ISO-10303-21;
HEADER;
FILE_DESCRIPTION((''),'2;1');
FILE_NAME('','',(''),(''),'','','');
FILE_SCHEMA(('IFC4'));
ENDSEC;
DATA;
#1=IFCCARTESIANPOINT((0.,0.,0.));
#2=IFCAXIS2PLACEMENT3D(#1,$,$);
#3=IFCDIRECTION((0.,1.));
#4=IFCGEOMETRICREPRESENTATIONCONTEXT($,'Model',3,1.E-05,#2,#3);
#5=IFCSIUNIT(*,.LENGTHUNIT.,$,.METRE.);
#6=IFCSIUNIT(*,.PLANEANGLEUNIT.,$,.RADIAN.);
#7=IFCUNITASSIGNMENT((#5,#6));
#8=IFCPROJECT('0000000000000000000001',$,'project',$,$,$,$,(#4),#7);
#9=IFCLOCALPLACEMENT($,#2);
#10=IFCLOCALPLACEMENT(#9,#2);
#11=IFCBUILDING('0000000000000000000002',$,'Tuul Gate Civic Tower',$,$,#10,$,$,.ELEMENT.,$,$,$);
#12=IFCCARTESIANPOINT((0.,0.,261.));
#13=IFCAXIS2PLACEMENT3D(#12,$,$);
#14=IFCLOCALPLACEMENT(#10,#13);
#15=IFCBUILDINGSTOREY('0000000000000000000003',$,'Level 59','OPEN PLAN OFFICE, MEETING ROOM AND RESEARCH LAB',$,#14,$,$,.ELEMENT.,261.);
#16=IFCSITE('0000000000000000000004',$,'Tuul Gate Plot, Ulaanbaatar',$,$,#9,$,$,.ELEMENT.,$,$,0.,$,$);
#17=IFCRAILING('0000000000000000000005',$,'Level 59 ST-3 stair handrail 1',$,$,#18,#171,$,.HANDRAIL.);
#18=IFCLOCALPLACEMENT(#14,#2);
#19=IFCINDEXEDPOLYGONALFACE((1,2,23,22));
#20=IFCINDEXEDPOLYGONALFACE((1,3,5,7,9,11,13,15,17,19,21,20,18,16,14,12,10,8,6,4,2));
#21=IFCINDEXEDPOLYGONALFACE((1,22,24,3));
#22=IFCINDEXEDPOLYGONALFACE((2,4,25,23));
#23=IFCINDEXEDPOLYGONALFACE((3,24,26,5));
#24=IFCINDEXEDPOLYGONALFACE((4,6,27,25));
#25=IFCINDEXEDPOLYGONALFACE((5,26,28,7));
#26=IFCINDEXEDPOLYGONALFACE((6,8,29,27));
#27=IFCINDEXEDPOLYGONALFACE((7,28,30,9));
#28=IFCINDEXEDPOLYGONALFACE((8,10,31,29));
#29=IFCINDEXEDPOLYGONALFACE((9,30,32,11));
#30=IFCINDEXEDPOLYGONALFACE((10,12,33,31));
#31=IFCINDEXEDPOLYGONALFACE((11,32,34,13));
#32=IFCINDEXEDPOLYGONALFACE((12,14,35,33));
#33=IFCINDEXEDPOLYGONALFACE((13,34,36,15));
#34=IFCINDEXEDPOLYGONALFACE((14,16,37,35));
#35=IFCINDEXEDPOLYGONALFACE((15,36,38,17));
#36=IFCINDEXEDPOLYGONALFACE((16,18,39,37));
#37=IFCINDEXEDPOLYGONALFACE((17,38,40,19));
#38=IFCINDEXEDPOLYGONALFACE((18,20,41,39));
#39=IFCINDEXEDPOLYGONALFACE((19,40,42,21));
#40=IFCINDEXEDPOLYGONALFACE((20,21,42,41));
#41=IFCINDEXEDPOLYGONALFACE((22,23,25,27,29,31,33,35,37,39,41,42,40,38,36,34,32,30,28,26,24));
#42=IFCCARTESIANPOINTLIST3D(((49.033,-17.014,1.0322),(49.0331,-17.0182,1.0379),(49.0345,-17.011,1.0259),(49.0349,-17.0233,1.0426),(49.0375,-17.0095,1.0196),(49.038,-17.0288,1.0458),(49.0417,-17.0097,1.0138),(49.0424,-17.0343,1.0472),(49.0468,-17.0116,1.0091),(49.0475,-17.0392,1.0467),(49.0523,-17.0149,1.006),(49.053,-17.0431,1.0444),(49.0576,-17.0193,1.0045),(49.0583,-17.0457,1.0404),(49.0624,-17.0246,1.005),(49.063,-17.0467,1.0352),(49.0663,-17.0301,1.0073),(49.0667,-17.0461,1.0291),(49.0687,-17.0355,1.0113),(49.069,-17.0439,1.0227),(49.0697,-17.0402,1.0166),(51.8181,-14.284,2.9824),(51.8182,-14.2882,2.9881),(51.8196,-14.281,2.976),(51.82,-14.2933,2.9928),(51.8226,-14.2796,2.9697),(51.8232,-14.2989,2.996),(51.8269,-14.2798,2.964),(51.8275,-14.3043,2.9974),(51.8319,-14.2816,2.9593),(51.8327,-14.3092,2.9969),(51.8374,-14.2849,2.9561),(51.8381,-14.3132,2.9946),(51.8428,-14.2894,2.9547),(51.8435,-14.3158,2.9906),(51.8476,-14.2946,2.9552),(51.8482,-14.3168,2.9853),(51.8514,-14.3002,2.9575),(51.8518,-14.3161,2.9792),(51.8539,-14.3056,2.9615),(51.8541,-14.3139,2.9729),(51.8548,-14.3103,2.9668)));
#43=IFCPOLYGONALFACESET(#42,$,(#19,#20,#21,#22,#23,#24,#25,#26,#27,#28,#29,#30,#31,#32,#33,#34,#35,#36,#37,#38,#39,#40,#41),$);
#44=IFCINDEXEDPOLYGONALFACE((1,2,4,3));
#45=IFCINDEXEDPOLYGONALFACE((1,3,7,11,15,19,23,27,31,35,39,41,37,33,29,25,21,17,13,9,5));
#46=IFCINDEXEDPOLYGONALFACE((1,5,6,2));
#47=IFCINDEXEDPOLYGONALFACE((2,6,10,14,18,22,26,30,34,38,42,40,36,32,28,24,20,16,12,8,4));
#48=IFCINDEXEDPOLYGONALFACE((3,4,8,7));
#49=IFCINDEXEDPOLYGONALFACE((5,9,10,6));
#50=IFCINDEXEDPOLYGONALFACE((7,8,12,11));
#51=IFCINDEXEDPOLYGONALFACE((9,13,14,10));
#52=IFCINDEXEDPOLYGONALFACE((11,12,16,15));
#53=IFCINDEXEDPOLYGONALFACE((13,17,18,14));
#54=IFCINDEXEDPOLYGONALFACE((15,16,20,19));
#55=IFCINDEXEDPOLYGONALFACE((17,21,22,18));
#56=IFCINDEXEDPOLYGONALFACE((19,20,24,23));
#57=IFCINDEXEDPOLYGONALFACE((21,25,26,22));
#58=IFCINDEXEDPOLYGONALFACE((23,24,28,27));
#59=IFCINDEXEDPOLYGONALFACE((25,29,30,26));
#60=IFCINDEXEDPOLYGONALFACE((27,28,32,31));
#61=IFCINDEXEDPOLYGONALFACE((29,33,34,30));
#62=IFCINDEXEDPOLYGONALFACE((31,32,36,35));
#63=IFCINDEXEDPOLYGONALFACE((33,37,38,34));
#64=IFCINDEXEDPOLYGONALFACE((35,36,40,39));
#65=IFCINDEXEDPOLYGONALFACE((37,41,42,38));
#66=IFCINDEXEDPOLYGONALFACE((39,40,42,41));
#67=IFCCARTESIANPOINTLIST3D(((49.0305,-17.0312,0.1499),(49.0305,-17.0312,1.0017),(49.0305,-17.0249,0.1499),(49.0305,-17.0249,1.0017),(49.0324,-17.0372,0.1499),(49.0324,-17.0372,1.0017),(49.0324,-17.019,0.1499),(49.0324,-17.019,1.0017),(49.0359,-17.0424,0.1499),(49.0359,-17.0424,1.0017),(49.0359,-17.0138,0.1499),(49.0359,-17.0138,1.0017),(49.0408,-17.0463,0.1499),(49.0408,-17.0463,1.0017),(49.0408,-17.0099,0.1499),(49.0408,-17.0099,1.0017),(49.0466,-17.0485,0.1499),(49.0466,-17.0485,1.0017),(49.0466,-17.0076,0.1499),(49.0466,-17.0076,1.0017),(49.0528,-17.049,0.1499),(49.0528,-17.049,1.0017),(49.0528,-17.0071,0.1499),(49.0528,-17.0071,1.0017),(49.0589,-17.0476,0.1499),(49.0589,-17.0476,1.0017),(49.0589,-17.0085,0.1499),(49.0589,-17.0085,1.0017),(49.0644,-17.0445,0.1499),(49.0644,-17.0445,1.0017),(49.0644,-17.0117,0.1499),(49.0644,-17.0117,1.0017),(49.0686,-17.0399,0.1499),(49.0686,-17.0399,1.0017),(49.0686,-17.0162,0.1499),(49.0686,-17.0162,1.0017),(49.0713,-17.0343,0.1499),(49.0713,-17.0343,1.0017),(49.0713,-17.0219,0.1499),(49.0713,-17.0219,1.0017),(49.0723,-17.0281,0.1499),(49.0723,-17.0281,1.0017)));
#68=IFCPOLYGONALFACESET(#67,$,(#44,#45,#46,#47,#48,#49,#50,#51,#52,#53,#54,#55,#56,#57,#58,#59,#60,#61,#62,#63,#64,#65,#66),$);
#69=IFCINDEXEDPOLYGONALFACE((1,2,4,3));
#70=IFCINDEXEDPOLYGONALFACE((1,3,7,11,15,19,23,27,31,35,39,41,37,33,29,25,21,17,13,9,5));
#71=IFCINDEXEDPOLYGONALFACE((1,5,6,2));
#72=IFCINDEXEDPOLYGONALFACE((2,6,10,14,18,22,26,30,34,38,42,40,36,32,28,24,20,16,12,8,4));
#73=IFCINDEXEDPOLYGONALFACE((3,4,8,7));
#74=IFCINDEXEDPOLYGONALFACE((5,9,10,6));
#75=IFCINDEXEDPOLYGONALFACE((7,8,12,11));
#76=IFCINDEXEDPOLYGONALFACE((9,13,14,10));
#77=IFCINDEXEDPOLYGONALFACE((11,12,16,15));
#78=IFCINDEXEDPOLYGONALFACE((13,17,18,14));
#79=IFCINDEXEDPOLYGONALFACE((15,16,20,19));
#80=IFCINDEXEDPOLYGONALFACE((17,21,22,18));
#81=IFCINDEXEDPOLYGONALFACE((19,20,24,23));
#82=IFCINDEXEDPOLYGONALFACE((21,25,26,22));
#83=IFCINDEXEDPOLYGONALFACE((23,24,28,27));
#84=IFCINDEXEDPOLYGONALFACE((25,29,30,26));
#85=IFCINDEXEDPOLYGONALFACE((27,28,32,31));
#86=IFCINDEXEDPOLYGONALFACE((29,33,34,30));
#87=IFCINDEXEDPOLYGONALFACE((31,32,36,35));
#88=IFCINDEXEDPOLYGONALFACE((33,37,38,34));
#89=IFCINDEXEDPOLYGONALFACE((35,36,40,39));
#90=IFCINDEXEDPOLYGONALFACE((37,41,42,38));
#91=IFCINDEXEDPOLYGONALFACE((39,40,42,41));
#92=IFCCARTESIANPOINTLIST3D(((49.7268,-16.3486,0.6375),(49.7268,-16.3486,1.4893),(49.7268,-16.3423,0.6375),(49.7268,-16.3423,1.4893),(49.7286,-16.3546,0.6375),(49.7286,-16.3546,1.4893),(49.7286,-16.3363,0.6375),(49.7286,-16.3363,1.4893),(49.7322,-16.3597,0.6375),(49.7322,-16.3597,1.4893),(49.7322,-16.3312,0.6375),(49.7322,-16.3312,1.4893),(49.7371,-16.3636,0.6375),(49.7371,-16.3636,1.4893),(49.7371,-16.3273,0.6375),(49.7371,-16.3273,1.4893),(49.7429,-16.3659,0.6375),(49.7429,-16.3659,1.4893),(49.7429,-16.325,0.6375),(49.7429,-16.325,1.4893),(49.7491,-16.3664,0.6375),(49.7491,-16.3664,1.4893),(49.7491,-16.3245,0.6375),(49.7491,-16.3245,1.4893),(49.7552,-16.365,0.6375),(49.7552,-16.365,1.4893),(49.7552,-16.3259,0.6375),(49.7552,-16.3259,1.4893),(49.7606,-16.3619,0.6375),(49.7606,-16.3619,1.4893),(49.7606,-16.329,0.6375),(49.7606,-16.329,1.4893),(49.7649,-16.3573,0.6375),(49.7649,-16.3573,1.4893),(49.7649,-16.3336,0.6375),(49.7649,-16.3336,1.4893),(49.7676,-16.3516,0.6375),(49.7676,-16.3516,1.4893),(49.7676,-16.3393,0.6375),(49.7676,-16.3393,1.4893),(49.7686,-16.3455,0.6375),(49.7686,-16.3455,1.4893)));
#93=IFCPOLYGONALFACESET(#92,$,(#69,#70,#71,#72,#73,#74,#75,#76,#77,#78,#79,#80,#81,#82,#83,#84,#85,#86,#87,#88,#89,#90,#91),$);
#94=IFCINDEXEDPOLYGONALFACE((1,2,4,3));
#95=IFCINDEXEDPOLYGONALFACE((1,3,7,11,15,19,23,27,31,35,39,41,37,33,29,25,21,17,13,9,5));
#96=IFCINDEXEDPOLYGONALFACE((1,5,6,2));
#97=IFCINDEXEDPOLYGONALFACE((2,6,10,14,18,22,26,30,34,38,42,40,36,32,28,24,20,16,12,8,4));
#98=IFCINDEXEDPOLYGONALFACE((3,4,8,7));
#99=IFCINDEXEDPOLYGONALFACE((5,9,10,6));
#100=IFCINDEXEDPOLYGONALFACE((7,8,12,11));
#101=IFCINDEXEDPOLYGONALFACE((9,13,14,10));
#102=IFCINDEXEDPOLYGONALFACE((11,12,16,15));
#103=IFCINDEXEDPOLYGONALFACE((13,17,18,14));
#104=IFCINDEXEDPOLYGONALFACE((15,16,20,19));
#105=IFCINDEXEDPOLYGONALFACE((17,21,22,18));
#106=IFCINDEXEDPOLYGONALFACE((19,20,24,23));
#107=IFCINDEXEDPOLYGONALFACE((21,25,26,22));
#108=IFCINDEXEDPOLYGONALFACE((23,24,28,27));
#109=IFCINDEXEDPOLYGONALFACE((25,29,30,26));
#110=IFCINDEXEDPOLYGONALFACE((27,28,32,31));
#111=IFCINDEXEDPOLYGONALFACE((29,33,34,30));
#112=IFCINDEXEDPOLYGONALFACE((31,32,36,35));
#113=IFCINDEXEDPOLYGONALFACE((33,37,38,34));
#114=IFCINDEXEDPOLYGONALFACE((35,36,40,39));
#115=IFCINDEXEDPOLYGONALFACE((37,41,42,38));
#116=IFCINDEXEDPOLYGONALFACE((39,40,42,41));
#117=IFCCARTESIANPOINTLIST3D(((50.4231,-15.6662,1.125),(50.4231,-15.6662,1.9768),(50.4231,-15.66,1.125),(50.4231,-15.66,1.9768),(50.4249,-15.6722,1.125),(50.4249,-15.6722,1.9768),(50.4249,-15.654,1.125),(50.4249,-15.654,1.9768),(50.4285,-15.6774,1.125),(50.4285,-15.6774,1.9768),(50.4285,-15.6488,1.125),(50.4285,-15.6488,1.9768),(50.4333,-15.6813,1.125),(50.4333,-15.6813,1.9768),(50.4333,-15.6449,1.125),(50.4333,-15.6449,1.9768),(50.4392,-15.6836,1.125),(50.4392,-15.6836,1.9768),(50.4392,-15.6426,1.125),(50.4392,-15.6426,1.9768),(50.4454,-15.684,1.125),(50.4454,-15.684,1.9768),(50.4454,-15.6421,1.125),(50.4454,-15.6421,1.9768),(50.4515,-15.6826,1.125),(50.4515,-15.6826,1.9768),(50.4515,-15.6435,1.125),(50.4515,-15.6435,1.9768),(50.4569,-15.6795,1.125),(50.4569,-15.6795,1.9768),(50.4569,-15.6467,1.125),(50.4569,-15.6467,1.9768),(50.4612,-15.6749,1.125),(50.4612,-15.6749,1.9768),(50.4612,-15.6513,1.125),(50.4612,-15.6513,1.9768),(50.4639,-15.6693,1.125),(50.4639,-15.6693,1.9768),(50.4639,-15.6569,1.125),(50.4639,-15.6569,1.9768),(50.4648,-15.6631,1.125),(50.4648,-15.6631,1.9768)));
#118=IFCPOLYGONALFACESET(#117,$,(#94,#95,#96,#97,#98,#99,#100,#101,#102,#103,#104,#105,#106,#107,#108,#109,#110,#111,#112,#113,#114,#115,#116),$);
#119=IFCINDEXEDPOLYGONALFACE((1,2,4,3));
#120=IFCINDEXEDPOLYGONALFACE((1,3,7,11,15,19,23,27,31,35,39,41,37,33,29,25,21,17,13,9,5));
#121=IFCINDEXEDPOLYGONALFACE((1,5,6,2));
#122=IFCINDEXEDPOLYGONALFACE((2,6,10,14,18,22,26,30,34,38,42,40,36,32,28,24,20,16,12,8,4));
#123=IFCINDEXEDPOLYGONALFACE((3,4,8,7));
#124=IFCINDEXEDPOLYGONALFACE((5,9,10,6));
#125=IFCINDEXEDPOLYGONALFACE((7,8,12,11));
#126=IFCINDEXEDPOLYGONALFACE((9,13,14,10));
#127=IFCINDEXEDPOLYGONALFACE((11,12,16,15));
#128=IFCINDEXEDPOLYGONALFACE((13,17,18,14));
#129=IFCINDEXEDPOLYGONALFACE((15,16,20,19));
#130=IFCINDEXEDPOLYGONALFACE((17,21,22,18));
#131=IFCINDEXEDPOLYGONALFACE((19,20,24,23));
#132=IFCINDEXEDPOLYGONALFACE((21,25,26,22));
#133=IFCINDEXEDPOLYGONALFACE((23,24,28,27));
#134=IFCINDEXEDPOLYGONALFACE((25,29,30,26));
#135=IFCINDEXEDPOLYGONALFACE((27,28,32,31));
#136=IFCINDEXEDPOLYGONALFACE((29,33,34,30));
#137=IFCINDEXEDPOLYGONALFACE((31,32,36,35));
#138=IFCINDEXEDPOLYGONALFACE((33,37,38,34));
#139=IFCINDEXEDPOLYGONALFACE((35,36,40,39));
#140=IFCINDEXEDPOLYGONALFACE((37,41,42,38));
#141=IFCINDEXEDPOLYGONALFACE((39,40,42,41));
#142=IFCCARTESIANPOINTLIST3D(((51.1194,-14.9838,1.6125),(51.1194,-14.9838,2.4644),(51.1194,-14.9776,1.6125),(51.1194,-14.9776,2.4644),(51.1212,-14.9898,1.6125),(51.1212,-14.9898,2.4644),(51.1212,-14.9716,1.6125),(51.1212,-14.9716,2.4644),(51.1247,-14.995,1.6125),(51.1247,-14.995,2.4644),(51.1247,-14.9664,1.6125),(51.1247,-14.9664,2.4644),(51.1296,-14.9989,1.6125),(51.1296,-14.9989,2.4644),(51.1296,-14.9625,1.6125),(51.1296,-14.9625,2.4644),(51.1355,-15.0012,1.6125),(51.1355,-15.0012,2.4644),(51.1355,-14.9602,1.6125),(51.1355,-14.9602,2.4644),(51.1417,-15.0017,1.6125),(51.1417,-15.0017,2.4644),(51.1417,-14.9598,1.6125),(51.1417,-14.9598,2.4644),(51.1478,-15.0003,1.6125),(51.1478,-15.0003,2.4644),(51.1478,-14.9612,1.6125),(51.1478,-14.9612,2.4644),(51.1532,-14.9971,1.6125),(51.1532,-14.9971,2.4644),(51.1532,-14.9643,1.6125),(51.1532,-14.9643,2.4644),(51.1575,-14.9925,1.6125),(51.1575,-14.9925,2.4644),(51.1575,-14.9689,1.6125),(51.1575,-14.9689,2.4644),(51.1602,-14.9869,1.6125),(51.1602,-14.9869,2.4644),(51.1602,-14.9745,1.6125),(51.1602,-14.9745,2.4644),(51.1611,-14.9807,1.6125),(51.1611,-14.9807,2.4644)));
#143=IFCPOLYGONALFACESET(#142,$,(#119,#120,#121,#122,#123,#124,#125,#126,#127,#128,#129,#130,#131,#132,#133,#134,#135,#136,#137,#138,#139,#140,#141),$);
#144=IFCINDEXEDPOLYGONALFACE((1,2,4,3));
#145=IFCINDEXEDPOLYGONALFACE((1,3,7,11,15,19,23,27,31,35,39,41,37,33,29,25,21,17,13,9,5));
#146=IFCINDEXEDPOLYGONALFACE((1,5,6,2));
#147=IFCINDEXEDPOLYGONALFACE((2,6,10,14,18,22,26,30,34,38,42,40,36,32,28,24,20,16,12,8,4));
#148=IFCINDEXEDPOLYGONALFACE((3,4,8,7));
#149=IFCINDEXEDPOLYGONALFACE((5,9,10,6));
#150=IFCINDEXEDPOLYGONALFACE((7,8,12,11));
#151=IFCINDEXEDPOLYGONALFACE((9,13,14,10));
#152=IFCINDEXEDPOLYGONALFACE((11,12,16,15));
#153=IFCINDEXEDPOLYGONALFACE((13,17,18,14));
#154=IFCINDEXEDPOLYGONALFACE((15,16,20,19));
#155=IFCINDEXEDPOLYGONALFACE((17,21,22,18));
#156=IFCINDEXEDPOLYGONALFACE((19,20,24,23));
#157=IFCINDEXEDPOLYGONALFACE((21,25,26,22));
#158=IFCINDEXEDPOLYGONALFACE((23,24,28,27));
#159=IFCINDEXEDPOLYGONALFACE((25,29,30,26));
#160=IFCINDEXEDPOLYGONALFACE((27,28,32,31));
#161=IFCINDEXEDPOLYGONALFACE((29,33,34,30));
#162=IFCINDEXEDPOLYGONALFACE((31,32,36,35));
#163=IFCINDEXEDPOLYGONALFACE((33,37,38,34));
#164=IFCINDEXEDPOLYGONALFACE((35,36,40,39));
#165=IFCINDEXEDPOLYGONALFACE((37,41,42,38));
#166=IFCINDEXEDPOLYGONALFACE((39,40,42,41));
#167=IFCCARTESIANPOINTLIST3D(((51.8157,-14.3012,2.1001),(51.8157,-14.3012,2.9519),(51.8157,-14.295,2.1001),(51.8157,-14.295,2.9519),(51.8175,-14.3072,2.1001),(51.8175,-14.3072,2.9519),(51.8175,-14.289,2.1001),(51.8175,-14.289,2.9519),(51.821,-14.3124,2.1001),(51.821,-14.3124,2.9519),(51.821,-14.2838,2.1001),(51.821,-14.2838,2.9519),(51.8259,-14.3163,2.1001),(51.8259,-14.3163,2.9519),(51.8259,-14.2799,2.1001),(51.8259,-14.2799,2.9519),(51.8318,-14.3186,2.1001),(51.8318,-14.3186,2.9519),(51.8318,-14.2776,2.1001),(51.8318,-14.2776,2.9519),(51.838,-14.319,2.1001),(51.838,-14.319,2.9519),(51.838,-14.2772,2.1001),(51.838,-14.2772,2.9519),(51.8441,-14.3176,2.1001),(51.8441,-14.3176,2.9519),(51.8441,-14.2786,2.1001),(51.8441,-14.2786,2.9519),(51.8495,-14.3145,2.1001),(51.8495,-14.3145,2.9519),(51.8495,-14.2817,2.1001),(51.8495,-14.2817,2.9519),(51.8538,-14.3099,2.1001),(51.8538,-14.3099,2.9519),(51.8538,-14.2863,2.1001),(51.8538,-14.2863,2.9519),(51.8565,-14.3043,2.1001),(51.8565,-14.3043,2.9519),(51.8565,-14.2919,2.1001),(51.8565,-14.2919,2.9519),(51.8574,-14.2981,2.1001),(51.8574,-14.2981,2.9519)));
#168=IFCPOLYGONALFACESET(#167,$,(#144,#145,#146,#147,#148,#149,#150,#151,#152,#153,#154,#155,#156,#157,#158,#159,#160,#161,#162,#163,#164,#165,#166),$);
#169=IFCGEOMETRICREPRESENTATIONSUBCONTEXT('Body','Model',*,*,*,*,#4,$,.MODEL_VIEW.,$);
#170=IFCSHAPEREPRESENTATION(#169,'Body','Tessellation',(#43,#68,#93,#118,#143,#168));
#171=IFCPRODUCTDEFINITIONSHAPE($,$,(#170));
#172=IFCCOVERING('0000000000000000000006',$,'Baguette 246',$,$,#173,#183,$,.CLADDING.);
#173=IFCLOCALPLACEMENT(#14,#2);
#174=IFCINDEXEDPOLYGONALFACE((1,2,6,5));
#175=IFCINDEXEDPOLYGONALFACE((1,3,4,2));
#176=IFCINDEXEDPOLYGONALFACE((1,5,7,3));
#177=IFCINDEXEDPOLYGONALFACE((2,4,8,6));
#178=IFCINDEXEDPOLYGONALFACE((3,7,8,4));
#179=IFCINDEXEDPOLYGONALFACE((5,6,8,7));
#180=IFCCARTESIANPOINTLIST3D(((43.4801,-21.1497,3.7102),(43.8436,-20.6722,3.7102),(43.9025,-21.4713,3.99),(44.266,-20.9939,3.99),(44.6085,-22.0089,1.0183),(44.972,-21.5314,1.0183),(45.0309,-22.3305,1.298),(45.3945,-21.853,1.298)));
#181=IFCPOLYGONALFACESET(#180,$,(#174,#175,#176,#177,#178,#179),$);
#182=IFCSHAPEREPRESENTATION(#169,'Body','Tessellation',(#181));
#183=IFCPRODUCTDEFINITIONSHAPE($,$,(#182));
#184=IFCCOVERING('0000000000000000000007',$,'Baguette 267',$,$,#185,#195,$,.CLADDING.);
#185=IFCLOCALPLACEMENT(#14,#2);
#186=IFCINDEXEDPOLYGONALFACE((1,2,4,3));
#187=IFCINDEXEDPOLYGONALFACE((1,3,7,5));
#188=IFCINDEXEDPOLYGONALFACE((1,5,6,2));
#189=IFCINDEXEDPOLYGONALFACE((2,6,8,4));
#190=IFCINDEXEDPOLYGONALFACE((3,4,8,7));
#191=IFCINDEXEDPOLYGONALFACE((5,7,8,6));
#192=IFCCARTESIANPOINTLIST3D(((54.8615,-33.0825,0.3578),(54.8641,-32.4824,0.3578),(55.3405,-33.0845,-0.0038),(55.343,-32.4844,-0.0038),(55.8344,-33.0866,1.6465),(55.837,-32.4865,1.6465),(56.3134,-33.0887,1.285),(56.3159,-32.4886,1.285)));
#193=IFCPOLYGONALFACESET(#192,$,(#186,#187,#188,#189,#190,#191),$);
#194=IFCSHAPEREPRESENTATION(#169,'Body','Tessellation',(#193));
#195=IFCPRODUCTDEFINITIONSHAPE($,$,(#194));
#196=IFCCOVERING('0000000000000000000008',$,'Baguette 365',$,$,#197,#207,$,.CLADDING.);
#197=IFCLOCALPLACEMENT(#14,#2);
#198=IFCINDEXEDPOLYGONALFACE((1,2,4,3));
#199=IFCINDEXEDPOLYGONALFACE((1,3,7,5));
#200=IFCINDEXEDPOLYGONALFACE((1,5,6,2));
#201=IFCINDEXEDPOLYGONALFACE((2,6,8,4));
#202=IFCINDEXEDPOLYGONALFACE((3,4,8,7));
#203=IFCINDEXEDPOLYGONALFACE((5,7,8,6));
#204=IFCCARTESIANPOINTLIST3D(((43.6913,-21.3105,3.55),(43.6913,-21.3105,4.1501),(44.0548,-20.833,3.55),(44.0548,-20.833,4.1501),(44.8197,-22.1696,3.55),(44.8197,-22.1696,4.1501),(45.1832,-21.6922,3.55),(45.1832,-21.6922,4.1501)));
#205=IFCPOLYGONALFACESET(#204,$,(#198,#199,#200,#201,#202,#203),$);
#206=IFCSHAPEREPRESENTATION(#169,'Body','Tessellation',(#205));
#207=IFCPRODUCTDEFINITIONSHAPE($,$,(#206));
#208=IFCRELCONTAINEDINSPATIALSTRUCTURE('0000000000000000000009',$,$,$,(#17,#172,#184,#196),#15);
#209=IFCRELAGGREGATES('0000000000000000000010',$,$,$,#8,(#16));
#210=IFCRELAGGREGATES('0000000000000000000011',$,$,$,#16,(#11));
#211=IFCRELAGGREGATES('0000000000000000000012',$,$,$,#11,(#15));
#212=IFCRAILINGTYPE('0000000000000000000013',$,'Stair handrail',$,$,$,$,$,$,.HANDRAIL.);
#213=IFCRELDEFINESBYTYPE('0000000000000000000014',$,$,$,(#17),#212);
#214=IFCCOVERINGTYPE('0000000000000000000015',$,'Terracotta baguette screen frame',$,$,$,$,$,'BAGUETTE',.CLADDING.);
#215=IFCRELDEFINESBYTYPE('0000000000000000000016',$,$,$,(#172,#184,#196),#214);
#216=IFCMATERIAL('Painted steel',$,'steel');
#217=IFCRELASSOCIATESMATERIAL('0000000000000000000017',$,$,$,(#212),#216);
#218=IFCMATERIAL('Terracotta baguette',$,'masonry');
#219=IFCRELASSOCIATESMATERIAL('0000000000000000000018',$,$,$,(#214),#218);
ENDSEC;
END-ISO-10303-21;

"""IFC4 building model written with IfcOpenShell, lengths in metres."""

from ifc_helpers import new_model, si_unit, direction, frame, origin, origin_2d, place, context, subcontext, project, spatial, rectangle, circle, extrude, material, material_profile, profile_set, type_object, element, save


model = new_model("IFC4")

# Units and contexts
model_context = context("Model", 3, precision=1e-05, world=origin(), true_north=direction((0.0, 1.0)))
body_context = subcontext(model_context, "Body", "Model", "MODEL_VIEW")
ifc_project = project(units=[si_unit("LENGTHUNIT", "METRE"), si_unit("PLANEANGLEUNIT", "RADIAN")], contexts=[model_context])

# Site, building, storey
site_placement = place(None, origin())
site = spatial("IfcSite", under=ifc_project, at=site_placement, Name="Tuul Gate Plot, Ulaanbaatar", CompositionType="ELEMENT", RefElevation=0.0)
building_placement = place(site_placement, origin())
building = spatial("IfcBuilding", under=site, at=building_placement, Name="Tuul Gate Civic Tower", CompositionType="ELEMENT")
storey_placement = place(building_placement, frame((0.0, 0.0, 261.0)))
storey = spatial("IfcBuildingStorey", under=building, at=storey_placement, Name="Level 59", Description="OPEN PLAN OFFICE, MEETING ROOM AND RESEARCH LAB", CompositionType="ELEMENT", Elevation=261.0)

# Railing
ifc_material_1 = material(Name="Painted steel", Category="steel")
railing_type = type_object("IfcRailingType", Name="Stair handrail", PredefinedType="HANDRAIL", material=ifc_material_1)
railing_placement = place(storey_placement, frame((49.0513, -17.0281, 0.1499)))
element("IfcRailing", 1, at=railing_placement, inside=storey, type_object=railing_type, Name="Level 59 ST-3 stair handrail 1", PredefinedType="HANDRAIL", context=body_context, shape_type="SweptSolid", body=[
    extrude(circle(Radius=0.0239, at=origin_2d()), frame((0.0, 0.0, 0.876), z_axis=(0.638738, 0.626084, 0.447251), x_axis=(-0.699998, 0.714145, 0.0)), (0.0, 0.0, 1.0), 4.3604),
    extrude(circle(Radius=0.021, at=origin_2d()), origin(), (0.0, 0.0, 1.0), 0.8518),
    extrude(circle(Radius=0.021, at=origin_2d()), frame((0.6963, 0.6826, 0.4875)), (0.0, 0.0, 1.0), 0.8518),
    extrude(circle(Radius=0.021, at=origin_2d()), frame((1.3926, 1.365, 0.9751)), (0.0, 0.0, 1.0), 0.8518),
    extrude(circle(Radius=0.021, at=origin_2d()), frame((2.0889, 2.0474, 1.4626)), (0.0, 0.0, 1.0), 0.8518),
    extrude(circle(Radius=0.021, at=origin_2d()), frame((2.7852, 2.73, 1.9502)), (0.0, 0.0, 1.0), 0.8518),
])

# Coverings
ifc_material_2 = material(Name="Terracotta baguette", Category="masonry")
ifc_material_profile_1 = material_profile(ifc_material_2, rectangle(XDim=0.6001, YDim=0.6001, at=origin_2d()), Name="Terracotta baguette screen frame")
ifc_profile_set_1 = profile_set([ifc_material_profile_1], Name="Terracotta baguette")
covering_type = type_object("IfcCoveringType", Name="Terracotta baguette screen frame", ElementType="BAGUETTE", PredefinedType="CLADDING", material=ifc_profile_set_1)
covering_1_placement = place(storey_placement, frame((43.873, -21.0718, 3.8501), z_axis=(0.370867, -0.282363, -0.88472), x_axis=(0.605768, 0.795641, 0.0)))
element("IfcCovering", 2, at=covering_1_placement, inside=storey, type_object=covering_type, Name="Baguette 246", PredefinedType="CLADDING", context=body_context, shape_type="SweptSolid", body=[
    extrude(rectangle(XDim=0.6001, YDim=0.6001, at=origin_2d()), origin(), (0.0, 0.0, 1.0), 3.0427),
])
covering_2_placement = place(storey_placement, frame((55.1023, -32.7834, 0.177), z_axis=(0.602487, -0.00257, 0.798125), x_axis=(0.004266, 0.999991, 0.0)))
element("IfcCovering", 3, at=covering_2_placement, inside=storey, type_object=covering_type, Name="Baguette 267", PredefinedType="CLADDING", context=body_context, shape_type="SweptSolid", body=[
    extrude(rectangle(XDim=0.6001, YDim=0.6001, at=origin_2d()), origin(), (0.0, 0.0, 1.0), 1.6147),
])
covering_3_placement = place(storey_placement, frame((43.873, -21.0718, 3.8501), z_axis=(0.795641, -0.605768, 0.0), x_axis=(0.605768, 0.795641, 0.0)))
element("IfcCovering", 4, at=covering_3_placement, inside=storey, type_object=covering_type, Name="Baguette 365", PredefinedType="CLADDING", context=body_context, shape_type="SweptSolid", body=[
    extrude(rectangle(XDim=0.6001, YDim=0.6001, at=origin_2d()), origin(), (0.0, 0.0, 1.0), 1.4182),
])

save(model, "model.ifc")
